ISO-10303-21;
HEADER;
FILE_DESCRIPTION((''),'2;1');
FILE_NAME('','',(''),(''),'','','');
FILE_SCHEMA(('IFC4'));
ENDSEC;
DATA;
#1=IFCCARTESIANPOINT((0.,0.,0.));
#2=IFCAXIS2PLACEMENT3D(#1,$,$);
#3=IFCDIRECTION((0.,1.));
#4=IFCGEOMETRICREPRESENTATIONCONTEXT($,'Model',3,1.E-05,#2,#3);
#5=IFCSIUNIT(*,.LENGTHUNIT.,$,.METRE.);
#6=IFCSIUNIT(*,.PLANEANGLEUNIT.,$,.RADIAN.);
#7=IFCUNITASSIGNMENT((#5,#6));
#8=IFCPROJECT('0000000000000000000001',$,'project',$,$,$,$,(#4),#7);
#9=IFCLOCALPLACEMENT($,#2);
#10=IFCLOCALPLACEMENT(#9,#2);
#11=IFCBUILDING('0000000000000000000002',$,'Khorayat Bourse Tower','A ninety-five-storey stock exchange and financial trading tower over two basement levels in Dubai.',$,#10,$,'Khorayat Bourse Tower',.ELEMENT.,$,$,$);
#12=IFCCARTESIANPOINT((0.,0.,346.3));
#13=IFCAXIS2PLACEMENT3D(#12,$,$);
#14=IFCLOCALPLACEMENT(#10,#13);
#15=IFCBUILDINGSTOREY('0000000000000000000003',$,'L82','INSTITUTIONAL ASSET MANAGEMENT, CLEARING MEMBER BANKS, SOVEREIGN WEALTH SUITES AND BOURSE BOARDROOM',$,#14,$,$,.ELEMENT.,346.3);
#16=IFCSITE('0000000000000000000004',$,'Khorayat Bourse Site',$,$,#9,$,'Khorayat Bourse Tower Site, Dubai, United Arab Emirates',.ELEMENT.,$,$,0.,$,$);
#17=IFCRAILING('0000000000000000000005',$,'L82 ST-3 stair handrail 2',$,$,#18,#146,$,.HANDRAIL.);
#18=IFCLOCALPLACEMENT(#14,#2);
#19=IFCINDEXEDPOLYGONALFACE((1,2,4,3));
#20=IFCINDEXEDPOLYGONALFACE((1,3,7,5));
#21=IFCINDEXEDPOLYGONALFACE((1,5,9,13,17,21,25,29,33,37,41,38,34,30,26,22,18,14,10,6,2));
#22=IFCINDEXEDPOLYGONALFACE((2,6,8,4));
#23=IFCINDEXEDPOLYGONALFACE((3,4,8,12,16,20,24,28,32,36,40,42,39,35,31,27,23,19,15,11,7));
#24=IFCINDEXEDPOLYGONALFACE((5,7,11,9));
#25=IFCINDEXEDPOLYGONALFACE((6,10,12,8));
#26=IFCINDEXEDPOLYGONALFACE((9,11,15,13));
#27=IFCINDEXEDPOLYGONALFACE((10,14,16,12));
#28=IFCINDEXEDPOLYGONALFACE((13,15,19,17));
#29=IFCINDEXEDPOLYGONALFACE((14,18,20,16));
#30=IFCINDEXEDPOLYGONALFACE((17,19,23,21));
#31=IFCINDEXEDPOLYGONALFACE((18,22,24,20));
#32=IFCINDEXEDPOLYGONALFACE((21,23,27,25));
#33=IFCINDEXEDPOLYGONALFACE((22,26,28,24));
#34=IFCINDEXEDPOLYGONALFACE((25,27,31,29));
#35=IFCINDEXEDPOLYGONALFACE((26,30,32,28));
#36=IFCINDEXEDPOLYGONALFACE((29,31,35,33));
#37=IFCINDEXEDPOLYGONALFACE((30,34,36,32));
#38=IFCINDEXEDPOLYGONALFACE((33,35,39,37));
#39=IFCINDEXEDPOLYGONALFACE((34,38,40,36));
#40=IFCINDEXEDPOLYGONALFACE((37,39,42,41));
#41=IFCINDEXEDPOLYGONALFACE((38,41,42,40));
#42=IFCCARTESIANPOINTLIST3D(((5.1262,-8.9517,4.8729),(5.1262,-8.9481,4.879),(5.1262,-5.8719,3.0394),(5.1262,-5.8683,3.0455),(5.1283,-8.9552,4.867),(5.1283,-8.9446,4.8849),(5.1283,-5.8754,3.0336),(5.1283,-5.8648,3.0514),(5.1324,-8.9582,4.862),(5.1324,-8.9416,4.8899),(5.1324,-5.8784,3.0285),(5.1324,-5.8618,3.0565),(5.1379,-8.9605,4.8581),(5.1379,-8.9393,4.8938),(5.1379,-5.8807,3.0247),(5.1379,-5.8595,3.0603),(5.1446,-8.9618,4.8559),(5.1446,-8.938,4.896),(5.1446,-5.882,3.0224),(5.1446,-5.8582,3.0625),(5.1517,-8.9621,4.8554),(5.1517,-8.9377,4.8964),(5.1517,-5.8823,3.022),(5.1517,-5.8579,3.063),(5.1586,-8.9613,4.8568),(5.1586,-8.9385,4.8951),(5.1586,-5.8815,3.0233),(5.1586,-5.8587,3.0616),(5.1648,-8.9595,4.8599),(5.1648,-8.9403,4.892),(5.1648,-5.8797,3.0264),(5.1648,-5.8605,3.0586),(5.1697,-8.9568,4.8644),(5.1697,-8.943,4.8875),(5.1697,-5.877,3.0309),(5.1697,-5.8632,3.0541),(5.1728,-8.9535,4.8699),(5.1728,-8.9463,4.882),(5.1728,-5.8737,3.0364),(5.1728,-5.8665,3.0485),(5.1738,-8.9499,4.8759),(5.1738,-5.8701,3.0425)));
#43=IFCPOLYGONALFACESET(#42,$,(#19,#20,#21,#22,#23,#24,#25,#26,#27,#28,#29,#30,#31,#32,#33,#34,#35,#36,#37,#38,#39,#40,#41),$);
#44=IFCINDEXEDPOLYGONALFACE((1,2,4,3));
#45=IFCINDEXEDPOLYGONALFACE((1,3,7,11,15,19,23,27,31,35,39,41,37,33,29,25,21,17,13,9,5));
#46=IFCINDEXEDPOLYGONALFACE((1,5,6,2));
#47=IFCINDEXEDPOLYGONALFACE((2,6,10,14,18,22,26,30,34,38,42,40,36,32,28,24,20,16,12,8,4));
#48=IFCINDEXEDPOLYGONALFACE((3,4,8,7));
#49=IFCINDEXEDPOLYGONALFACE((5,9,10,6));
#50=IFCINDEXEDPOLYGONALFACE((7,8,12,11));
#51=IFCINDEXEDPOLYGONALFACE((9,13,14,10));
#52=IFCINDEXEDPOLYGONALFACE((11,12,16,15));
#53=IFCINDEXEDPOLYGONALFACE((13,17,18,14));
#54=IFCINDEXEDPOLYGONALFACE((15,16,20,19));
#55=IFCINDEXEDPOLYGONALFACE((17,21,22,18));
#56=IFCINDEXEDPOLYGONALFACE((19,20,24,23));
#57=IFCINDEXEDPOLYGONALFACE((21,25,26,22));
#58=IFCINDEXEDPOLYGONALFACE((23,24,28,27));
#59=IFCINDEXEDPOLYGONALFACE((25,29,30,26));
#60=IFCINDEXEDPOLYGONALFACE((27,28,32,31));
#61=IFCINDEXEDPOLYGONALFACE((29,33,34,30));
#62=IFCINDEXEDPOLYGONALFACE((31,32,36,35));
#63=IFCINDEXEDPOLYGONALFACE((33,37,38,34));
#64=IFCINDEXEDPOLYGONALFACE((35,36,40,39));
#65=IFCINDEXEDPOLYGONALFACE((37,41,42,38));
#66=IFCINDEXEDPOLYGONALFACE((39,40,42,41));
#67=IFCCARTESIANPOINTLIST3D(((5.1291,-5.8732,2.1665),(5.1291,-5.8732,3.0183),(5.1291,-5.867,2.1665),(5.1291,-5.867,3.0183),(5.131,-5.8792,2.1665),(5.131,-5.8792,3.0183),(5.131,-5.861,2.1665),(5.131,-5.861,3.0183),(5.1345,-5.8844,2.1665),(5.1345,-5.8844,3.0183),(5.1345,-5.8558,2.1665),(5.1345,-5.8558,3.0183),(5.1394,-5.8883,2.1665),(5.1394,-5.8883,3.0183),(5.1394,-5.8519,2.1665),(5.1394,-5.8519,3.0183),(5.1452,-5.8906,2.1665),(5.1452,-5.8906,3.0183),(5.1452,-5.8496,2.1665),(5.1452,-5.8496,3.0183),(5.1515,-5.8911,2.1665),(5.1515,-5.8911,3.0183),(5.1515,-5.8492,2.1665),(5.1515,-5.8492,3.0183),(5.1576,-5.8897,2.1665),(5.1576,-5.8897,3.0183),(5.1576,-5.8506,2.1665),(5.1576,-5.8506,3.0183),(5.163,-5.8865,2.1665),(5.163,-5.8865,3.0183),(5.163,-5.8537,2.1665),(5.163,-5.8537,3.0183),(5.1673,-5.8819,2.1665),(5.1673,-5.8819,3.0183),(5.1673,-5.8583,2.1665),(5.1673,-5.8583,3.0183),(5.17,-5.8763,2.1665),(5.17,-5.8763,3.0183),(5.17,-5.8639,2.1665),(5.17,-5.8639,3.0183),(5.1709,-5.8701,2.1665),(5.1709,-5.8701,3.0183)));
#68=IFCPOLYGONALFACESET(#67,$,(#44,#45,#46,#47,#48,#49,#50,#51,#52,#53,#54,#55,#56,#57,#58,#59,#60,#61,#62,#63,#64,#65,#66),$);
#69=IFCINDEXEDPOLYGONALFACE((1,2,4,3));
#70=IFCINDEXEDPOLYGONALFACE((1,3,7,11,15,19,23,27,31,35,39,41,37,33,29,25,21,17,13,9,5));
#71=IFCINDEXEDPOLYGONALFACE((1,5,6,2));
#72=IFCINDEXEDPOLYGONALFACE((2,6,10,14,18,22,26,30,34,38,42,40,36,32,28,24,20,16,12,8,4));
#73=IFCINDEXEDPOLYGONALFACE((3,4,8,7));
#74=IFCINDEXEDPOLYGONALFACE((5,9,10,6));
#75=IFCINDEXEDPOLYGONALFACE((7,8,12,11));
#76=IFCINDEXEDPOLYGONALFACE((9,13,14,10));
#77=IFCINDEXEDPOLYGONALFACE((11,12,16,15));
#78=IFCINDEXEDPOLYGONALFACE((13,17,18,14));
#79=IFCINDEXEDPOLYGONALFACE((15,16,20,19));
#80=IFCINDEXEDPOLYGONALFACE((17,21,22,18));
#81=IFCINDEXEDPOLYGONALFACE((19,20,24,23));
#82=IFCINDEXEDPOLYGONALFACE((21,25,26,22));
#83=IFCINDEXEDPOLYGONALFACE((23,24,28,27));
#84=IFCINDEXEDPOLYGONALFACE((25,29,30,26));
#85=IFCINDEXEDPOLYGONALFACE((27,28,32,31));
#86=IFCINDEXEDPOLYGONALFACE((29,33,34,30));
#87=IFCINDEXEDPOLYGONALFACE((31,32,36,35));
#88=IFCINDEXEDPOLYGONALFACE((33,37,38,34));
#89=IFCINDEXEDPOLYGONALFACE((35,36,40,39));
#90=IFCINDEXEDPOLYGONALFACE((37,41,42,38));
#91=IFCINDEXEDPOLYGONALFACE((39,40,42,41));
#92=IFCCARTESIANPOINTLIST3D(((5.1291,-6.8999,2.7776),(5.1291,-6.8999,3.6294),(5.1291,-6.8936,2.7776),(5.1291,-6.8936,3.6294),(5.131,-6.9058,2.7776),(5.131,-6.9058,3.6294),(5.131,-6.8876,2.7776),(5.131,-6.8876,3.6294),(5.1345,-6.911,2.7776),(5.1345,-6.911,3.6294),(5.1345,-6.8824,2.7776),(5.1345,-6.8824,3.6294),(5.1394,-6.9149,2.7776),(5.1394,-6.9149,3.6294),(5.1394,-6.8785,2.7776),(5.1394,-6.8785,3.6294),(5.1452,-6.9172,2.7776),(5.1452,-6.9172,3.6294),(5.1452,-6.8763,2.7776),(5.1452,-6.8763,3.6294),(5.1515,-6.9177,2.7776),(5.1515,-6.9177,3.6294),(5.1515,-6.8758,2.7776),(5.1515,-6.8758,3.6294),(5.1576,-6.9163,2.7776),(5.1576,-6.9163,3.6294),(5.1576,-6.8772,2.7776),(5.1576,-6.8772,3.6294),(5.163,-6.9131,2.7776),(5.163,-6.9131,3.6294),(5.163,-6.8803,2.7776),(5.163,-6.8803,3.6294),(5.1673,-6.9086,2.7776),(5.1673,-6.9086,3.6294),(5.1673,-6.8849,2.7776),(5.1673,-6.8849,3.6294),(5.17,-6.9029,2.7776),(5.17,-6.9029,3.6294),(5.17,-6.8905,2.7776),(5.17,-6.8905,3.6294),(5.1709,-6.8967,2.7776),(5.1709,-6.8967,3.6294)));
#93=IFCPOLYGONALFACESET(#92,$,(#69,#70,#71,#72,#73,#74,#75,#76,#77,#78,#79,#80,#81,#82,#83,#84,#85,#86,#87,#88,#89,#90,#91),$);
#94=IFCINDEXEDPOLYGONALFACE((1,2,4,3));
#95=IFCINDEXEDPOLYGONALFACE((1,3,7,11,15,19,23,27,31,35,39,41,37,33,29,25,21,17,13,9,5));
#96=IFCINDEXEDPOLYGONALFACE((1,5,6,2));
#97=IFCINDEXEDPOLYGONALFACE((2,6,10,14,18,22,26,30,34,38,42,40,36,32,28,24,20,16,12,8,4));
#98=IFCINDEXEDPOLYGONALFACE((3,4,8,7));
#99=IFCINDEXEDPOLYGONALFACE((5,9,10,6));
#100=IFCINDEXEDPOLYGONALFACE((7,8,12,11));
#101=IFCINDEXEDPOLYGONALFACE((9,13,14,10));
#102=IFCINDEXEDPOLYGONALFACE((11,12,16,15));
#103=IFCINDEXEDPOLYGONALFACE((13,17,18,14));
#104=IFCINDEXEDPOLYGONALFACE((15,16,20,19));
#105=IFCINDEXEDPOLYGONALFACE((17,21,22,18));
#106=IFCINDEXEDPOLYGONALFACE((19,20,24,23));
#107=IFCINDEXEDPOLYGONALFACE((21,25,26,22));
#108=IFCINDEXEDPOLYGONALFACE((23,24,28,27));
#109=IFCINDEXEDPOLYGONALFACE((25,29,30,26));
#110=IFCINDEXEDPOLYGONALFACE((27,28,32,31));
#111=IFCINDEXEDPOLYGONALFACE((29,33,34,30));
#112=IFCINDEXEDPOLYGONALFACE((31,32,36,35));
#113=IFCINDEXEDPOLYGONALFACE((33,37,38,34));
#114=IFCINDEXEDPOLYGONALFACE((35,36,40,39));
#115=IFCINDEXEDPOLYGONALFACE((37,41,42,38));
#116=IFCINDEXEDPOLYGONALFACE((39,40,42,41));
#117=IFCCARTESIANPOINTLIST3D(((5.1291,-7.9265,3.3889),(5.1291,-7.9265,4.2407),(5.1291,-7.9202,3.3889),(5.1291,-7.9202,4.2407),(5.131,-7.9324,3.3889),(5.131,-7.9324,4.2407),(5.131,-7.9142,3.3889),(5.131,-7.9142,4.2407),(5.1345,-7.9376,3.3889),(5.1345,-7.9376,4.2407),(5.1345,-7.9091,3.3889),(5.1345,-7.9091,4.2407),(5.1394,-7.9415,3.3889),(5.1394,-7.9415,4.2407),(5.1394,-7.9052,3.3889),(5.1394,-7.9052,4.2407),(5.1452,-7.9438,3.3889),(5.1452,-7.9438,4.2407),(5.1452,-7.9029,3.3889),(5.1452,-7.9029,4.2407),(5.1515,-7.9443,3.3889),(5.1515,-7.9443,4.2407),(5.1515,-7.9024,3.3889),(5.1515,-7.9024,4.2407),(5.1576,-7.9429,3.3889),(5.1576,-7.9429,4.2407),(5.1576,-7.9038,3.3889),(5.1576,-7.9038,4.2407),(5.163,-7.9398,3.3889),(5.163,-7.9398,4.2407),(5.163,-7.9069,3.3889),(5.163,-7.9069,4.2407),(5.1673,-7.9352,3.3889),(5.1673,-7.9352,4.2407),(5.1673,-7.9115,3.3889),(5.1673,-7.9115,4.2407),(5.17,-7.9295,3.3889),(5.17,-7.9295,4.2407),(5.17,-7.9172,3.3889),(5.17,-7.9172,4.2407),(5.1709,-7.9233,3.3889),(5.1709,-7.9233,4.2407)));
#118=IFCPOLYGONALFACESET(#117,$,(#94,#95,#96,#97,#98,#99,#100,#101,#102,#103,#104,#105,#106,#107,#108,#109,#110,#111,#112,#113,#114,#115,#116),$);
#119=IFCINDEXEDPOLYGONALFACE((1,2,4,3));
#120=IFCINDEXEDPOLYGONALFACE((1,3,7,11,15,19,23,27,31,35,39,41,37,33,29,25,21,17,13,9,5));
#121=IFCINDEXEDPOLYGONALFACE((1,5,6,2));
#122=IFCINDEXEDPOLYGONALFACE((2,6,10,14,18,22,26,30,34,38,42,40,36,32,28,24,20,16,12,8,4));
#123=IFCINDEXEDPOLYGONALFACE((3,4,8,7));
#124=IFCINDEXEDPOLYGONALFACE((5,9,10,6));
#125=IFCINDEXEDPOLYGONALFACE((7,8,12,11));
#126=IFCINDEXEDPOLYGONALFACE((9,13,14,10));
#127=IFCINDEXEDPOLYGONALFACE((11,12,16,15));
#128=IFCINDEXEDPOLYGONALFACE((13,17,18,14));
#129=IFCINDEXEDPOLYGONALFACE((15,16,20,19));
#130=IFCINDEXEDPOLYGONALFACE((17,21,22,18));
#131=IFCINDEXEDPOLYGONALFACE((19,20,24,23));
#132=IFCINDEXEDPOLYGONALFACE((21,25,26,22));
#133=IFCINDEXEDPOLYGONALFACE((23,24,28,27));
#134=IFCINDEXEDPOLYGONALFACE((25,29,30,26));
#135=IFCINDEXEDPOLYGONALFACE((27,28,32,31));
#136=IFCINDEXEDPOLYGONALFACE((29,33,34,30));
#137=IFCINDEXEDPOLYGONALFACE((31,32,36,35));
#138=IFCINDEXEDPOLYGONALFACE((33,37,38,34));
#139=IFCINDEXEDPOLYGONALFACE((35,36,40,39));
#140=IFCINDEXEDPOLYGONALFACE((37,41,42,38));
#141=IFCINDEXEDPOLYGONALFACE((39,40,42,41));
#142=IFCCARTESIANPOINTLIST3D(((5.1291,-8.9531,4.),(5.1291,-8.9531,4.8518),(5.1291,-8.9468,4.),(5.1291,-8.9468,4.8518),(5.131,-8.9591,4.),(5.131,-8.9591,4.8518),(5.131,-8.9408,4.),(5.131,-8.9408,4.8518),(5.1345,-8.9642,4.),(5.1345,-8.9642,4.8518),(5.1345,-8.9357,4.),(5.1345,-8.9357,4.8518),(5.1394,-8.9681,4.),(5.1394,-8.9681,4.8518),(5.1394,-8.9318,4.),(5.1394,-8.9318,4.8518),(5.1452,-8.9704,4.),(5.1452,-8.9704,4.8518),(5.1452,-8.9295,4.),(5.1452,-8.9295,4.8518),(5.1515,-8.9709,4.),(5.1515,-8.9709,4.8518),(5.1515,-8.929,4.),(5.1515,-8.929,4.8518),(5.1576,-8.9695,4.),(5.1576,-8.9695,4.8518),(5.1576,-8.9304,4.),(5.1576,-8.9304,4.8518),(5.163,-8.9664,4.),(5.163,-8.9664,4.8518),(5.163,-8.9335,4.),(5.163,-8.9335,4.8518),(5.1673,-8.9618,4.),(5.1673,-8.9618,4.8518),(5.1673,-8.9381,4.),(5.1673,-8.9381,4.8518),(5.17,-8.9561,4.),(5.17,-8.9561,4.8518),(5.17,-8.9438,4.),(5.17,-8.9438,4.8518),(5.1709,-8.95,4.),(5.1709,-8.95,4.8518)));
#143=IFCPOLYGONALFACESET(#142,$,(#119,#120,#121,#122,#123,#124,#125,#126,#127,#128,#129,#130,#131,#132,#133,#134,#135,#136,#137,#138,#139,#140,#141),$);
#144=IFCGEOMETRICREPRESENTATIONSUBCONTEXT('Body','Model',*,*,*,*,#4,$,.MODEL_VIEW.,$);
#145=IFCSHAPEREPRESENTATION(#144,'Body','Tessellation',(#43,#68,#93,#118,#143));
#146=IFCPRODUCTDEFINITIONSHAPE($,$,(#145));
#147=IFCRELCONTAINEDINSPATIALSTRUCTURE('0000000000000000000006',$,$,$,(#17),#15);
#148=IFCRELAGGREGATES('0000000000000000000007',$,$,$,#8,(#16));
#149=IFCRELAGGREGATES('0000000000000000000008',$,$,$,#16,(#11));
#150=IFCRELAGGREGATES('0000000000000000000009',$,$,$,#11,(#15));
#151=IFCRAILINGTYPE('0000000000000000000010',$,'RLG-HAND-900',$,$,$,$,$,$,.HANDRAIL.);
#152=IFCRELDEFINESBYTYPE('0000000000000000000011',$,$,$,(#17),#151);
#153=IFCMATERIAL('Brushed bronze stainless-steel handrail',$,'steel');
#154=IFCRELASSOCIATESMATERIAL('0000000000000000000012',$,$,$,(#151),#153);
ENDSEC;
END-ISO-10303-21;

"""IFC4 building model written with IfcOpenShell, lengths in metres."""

from ifc_helpers import new_model, si_unit, direction, frame, origin, origin_2d, place, context, subcontext, project, spatial, circle, extrude, source, transform, mapped, material, type_object, element, save


model = new_model("IFC4")

# Units and contexts
model_context = context("Model", 3, precision=1e-05, world=origin(), true_north=direction((0.0, 1.0)))
body_context = subcontext(model_context, "Body", "Model", "MODEL_VIEW")
ifc_project = project(units=[si_unit("LENGTHUNIT", "METRE"), si_unit("PLANEANGLEUNIT", "RADIAN")], contexts=[model_context])

# Site, building, storey
site_placement = place(None, origin())
site = spatial("IfcSite", under=ifc_project, at=site_placement, Name="Khorayat Bourse Site", LongName="Khorayat Bourse Tower Site, Dubai, United Arab Emirates", CompositionType="ELEMENT", RefElevation=0.0)
building_placement = place(site_placement, origin())
building = spatial("IfcBuilding", under=site, at=building_placement, Name="Khorayat Bourse Tower", Description="A ninety-five-storey stock exchange and financial trading tower over two basement levels in Dubai.", LongName="Khorayat Bourse Tower", CompositionType="ELEMENT")
storey_placement = place(building_placement, frame((0.0, 0.0, 346.3)))
storey = spatial("IfcBuildingStorey", under=building, at=storey_placement, Name="L82", Description="INSTITUTIONAL ASSET MANAGEMENT, CLEARING MEMBER BANKS, SOVEREIGN WEALTH SUITES AND BOURSE BOARDROOM", CompositionType="ELEMENT", Elevation=346.3)

# Railing
ifc_material_1 = material(Name="Brushed bronze stainless-steel handrail", Category="steel")
railing_type_1 = type_object("IfcRailingType", Name="RLG-HAND-900", PredefinedType="HANDRAIL", material=ifc_material_1)
shared_shape_1 = source(origin(), body_context, "Body", "SweptSolid", [
    extrude(circle(Radius=0.0239, at=origin_2d()), frame((0.0, 0.0, 0.876), z_axis=(0.0, -0.859261, 0.511538), x_axis=(1.0, 0.0, 0.0)), (0.0, 0.0, 1.0), 3.5842),
    extrude(circle(Radius=0.021, at=origin_2d()), origin(), (0.0, 0.0, 1.0), 0.8518),
    extrude(circle(Radius=0.021, at=origin_2d()), frame((0.0, -1.0266, 0.6111)), (0.0, 0.0, 1.0), 0.8518),
    extrude(circle(Radius=0.021, at=origin_2d()), frame((0.0, -2.0532, 1.2224)), (0.0, 0.0, 1.0), 0.8518),
    extrude(circle(Radius=0.021, at=origin_2d()), frame((0.0, -3.0798, 1.8335)), (0.0, 0.0, 1.0), 0.8518),
])
railing_1_placement = place(storey_placement, frame((5.1499, -5.8701, 2.1665)))
element("IfcRailing", 1, at=railing_1_placement, inside=storey, type_object=railing_type_1, Name="L82 ST-3 stair handrail 2", PredefinedType="HANDRAIL", context=body_context, shape_type="MappedRepresentation", body=[
    mapped(shared_shape_1, transform((0.0, 0.0, 0.0), scale=1.0)),
])

save(model, "model.ifc")
